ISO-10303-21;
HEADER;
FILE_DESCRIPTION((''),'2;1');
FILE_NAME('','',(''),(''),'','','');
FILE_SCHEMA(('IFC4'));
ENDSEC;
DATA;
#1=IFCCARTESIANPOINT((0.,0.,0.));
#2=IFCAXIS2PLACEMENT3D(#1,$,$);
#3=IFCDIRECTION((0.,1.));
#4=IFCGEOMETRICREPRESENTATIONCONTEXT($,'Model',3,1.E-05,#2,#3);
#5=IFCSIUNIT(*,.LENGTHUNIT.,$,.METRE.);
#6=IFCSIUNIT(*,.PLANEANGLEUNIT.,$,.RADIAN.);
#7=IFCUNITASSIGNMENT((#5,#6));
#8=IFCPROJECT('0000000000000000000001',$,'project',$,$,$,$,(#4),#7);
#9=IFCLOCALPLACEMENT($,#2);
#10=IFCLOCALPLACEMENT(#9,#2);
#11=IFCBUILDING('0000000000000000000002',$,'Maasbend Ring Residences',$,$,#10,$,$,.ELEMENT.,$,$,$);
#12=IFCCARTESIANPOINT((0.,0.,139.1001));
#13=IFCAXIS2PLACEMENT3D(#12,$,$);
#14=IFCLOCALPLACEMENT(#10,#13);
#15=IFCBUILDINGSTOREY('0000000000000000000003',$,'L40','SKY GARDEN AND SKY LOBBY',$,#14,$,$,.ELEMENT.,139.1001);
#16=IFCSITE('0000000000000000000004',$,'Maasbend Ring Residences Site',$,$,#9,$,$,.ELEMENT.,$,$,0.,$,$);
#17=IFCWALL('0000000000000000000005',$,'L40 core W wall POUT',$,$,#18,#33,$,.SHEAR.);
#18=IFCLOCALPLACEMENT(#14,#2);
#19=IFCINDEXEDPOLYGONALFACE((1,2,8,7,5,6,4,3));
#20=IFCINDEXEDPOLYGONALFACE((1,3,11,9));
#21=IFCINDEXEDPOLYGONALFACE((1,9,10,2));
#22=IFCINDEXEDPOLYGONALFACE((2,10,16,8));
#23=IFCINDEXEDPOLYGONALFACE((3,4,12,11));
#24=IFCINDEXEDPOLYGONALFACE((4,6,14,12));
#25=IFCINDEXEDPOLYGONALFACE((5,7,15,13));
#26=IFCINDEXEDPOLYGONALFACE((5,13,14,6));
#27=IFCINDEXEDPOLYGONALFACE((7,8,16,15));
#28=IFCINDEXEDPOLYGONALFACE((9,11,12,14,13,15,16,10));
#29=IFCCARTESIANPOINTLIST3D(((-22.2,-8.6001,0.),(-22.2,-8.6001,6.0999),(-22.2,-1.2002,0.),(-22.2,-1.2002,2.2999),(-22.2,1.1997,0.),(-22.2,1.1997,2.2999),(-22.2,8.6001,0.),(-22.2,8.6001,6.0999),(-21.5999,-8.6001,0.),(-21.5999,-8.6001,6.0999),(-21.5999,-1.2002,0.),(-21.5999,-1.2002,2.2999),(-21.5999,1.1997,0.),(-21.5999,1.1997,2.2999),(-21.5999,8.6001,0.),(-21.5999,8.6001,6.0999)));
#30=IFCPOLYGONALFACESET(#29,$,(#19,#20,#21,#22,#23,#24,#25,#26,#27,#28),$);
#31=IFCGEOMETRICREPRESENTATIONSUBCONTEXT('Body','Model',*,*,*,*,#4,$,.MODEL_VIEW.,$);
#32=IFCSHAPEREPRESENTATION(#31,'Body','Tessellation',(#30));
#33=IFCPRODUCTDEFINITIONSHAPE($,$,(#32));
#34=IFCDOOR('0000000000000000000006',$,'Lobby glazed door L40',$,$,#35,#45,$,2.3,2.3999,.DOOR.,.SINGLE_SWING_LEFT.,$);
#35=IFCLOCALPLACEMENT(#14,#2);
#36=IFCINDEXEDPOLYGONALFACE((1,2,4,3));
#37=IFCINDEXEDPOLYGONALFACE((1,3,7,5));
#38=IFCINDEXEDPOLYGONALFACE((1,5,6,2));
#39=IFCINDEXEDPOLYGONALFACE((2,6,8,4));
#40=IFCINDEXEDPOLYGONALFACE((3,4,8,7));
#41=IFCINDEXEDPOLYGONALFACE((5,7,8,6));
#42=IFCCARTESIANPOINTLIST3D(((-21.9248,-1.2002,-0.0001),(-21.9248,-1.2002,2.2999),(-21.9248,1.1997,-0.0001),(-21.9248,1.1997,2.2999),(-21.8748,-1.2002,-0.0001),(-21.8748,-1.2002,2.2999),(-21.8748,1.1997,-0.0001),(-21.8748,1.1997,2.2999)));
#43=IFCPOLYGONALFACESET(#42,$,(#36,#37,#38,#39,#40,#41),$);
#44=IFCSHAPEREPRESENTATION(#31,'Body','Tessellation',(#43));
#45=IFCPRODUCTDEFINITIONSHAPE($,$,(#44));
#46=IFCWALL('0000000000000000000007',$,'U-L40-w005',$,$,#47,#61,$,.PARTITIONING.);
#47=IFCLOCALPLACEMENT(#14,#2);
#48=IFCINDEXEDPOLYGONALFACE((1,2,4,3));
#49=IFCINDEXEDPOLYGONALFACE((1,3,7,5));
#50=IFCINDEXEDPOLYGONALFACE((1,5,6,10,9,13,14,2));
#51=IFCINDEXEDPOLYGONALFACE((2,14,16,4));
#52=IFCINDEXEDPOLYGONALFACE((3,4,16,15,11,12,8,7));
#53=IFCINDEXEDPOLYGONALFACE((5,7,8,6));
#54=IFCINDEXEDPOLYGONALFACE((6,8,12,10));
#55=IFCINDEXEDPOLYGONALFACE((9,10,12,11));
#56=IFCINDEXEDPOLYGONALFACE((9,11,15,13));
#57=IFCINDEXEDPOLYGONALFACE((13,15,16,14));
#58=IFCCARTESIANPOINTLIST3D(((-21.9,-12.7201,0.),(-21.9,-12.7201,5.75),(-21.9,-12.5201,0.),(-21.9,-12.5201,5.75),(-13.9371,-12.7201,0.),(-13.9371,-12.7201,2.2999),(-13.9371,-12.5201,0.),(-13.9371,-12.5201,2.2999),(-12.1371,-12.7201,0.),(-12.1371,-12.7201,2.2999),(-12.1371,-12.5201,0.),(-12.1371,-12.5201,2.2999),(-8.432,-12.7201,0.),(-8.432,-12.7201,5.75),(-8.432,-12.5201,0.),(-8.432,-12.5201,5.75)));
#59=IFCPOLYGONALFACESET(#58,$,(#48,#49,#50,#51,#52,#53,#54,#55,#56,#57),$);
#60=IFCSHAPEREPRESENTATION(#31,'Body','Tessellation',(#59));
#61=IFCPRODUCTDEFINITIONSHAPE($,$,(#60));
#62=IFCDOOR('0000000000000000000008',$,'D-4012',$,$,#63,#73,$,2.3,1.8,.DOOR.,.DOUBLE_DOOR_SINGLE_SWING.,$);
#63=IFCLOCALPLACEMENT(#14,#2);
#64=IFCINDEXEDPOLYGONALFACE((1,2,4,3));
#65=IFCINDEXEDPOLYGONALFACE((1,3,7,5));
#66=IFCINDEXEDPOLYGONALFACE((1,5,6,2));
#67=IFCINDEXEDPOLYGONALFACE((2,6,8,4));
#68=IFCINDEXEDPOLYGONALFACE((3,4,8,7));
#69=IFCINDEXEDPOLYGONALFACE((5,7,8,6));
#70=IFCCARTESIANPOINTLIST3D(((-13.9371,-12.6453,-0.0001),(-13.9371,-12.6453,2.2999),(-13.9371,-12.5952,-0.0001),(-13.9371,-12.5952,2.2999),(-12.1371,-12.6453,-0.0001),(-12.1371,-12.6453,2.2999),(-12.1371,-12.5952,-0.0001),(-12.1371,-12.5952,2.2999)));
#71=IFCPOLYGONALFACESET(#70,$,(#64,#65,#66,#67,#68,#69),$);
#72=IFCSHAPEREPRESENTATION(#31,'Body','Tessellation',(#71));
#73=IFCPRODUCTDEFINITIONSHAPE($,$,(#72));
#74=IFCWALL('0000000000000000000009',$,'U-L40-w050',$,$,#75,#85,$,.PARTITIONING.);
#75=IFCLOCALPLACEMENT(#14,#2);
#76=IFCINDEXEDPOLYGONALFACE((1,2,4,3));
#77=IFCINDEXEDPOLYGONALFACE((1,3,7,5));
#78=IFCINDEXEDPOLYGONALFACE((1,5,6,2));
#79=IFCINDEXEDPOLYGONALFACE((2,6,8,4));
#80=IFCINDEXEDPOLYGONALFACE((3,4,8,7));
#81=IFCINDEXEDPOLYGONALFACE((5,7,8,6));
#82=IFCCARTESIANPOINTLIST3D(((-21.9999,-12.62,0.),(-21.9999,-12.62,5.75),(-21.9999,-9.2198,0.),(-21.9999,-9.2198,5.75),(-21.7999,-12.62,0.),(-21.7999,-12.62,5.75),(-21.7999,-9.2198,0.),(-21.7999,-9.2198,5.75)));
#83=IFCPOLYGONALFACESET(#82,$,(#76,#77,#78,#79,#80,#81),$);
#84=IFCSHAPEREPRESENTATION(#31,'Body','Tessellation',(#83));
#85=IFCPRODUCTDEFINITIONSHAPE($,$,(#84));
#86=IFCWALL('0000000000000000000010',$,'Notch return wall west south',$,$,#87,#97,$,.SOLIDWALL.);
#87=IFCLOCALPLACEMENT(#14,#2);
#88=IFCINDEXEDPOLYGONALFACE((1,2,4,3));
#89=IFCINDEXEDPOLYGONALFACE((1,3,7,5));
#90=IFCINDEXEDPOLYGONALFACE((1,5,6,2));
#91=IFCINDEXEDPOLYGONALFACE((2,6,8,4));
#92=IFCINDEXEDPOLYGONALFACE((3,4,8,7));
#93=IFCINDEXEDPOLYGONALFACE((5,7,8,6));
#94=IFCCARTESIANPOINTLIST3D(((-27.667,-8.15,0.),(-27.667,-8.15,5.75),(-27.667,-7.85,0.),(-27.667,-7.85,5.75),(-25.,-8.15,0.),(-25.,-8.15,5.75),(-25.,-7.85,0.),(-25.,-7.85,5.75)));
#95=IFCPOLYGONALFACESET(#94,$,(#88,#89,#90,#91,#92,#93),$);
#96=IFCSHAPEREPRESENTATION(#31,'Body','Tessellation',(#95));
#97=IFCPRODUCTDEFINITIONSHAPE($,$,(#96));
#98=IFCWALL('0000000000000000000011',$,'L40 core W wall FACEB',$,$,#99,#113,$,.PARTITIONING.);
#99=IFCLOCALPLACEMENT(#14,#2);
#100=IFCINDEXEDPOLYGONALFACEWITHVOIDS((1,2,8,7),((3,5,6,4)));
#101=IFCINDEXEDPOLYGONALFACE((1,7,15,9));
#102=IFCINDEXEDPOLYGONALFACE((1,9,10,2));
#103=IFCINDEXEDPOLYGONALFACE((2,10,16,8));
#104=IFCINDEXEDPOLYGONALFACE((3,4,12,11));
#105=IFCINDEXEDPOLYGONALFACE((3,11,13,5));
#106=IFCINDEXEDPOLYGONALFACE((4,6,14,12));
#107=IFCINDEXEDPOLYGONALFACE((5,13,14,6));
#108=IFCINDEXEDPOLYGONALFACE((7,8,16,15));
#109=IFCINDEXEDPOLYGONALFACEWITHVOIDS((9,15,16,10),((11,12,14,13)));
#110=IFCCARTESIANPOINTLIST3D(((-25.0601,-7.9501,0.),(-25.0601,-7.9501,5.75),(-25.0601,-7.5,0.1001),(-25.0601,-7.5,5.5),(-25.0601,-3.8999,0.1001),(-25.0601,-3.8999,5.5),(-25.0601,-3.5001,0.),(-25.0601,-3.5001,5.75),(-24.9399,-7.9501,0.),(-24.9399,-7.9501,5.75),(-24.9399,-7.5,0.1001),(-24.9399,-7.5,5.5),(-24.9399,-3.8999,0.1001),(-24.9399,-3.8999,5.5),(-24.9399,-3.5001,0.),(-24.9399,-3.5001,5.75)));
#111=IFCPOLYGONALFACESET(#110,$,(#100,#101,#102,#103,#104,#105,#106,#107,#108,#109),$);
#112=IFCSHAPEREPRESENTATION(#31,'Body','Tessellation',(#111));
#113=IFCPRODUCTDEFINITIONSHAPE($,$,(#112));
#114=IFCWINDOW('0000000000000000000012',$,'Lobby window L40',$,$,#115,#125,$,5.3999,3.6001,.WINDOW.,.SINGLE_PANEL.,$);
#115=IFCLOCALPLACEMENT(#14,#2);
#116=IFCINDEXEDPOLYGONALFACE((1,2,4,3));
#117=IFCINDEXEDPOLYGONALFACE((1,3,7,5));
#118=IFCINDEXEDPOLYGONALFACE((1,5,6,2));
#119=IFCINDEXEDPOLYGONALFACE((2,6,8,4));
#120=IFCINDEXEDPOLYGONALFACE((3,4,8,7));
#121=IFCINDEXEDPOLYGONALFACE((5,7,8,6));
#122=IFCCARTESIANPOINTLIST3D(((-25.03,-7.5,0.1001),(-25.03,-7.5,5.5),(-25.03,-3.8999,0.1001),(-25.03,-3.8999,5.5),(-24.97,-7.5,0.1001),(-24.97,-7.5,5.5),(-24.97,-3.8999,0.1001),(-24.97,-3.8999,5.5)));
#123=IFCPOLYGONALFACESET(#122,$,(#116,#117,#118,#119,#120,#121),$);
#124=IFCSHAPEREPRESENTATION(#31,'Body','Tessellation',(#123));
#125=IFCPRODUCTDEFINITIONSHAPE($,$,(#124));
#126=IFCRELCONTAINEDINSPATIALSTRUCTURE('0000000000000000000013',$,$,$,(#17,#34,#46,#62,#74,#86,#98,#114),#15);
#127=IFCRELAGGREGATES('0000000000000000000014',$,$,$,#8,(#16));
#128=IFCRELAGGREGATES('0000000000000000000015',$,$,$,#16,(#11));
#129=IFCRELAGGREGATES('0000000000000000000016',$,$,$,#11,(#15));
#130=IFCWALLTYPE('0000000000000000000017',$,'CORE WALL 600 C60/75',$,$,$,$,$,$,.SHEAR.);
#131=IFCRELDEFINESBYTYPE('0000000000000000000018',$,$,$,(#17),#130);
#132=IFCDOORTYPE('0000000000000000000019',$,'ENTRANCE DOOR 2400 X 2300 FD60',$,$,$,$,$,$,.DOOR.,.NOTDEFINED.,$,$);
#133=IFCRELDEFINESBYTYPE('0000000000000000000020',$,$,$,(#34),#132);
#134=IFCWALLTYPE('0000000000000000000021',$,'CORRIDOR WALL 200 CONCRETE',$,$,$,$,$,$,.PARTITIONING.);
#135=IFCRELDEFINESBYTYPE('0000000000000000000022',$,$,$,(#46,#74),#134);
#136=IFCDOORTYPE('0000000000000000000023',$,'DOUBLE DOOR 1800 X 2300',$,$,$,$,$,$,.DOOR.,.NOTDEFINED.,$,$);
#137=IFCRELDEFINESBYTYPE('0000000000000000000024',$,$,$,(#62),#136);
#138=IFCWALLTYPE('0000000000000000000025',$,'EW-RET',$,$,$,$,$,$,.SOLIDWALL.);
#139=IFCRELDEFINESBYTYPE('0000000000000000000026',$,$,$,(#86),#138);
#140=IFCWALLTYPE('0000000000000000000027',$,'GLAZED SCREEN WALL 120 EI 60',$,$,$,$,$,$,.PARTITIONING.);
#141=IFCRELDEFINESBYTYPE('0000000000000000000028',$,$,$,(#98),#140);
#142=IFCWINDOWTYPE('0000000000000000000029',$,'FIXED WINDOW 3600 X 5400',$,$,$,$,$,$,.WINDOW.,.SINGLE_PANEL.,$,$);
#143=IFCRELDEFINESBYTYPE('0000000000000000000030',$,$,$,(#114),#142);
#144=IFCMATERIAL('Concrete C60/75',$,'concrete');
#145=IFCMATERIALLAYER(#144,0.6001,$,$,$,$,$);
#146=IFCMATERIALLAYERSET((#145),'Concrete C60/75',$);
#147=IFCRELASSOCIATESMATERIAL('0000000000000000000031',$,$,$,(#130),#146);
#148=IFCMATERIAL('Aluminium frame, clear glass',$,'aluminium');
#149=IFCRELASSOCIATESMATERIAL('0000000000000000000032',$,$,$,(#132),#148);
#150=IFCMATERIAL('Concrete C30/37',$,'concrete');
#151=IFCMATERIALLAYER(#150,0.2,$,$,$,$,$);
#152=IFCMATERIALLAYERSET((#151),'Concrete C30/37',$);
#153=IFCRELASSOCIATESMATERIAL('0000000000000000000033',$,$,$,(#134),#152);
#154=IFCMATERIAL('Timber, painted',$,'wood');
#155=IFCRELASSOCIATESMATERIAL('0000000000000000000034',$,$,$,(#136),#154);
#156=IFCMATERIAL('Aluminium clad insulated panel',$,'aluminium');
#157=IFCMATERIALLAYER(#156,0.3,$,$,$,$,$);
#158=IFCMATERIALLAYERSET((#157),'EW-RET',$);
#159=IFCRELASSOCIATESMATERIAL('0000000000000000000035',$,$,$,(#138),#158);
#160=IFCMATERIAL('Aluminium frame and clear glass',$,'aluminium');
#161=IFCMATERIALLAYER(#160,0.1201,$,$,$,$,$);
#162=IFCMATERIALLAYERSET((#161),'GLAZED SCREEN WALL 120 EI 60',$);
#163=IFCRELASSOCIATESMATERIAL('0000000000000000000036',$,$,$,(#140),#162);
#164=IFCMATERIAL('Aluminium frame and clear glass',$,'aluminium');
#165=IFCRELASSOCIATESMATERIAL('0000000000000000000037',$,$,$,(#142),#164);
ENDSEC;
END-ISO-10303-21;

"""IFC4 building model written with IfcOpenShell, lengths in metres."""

from ifc_helpers import new_model, si_unit, direction, frame, frame_2d, origin, place, context, subcontext, project, spatial, rectangle, extrude, material, layer, layer_set, type_object, element, fill, save


model = new_model("IFC4")

# Units and contexts
model_context = context("Model", 3, precision=1e-05, world=origin(), true_north=direction((0.0, 1.0)))
body_context = subcontext(model_context, "Body", "Model", "MODEL_VIEW")
ifc_project = project(units=[si_unit("LENGTHUNIT", "METRE"), si_unit("PLANEANGLEUNIT", "RADIAN")], contexts=[model_context])

# Site, building, storey
site_placement = place(None, origin())
site = spatial("IfcSite", under=ifc_project, at=site_placement, Name="Maasbend Ring Residences Site", CompositionType="ELEMENT", RefElevation=0.0)
building_placement = place(site_placement, origin())
building = spatial("IfcBuilding", under=site, at=building_placement, Name="Maasbend Ring Residences", CompositionType="ELEMENT")
storey_placement = place(building_placement, frame((0.0, 0.0, 139.1001)))
storey = spatial("IfcBuildingStorey", under=building, at=storey_placement, Name="L40", Description="SKY GARDEN AND SKY LOBBY", CompositionType="ELEMENT", Elevation=139.1001)

# Walls, openings, doors
ifc_material_1 = material(Name="Concrete C60/75", Category="concrete")
ifc_layer_1 = layer(ifc_material_1, 0.6001)
ifc_layer_set_1 = layer_set([ifc_layer_1], Name="Concrete C60/75")
wall_type_1 = type_object("IfcWallType", Name="CORE WALL 600 C60/75", PredefinedType="SHEAR", material=ifc_layer_set_1)
wall_1_placement = place(storey_placement, frame((-21.8999, -8.6001, 0.0), z_axis=(0.0, 0.0, 1.0), x_axis=(0.0, 1.0, 0.0)))
wall_1 = element("IfcWall", 1, at=wall_1_placement, inside=storey, type_object=wall_type_1, Name="L40 core W wall POUT", PredefinedType="SHEAR", context=body_context, shape_type="SweptSolid", body=[
    extrude(rectangle(XDim=17.2002, YDim=0.6001, at=frame_2d((8.6001, 0.0))), origin(), (0.0, 0.0, 1.0), 6.0999),
])
opening_1_placement = place(wall_1_placement, frame((7.3999, 0.0, 0.0)))
opening_1 = element("IfcOpeningElement", 2, at=opening_1_placement, cuts=wall_1, PredefinedType="OPENING", context=body_context, shape_type="SweptSolid", body=[
    extrude(rectangle(XDim=2.3999, YDim=2.3, at=frame_2d((1.2, 1.1499))), frame((0.0, 0.3101, 0.0), z_axis=(0.0, -1.0, 0.0), x_axis=(1.0, 0.0, 0.0)), (0.0, 0.0, 1.0), 0.6201),
])
ifc_material_2 = material(Name="Aluminium frame, clear glass", Category="aluminium")
door_type_1 = type_object("IfcDoorType", Name="ENTRANCE DOOR 2400 X 2300 FD60", OperationType="NOTDEFINED", PredefinedType="DOOR", material=ifc_material_2)
door_1_placement = place(opening_1_placement, origin())
door_1 = element("IfcDoor", 3, at=door_1_placement, inside=storey, type_object=door_type_1, Name="Lobby glazed door L40", OperationType="SINGLE_SWING_LEFT", OverallHeight=2.3, OverallWidth=2.3999, PredefinedType="DOOR", context=body_context, shape_type="SweptSolid", body=[
    extrude(rectangle(XDim=2.3999, YDim=2.3, at=frame_2d((1.2, 1.1499))), frame((0.0, 0.0249, 0.0), z_axis=(0.0, -1.0, 0.0), x_axis=(1.0, 0.0, 0.0)), (0.0, 0.0, 1.0), 0.05),
])
fill(opening_1, door_1)
ifc_material_3 = material(Name="Concrete C30/37", Category="concrete")
ifc_layer_2 = layer(ifc_material_3, 0.2)
ifc_layer_set_2 = layer_set([ifc_layer_2], Name="Concrete C30/37")
wall_type_2 = type_object("IfcWallType", Name="CORRIDOR WALL 200 CONCRETE", PredefinedType="PARTITIONING", material=ifc_layer_set_2)
wall_2_placement = place(storey_placement, frame((-21.8999, -12.6201, 0.0), z_axis=(0.0, 0.0, 1.0), x_axis=(1.0, 0.0, 0.0)))
wall_2 = element("IfcWall", 4, at=wall_2_placement, inside=storey, type_object=wall_type_2, Name="U-L40-w005", PredefinedType="PARTITIONING", context=body_context, shape_type="SweptSolid", body=[
    extrude(rectangle(XDim=13.468, YDim=0.2, at=frame_2d((6.7339, 0.0))), origin(), (0.0, 0.0, 1.0), 5.75),
])
opening_2_placement = place(wall_2_placement, frame((7.9629, 0.0, 0.0)))
opening_2 = element("IfcOpeningElement", 5, at=opening_2_placement, cuts=wall_2, PredefinedType="OPENING", context=body_context, shape_type="SweptSolid", body=[
    extrude(rectangle(XDim=1.8, YDim=2.3, at=frame_2d((0.8999, 1.1499))), frame((0.0, 0.1099, 0.0), z_axis=(0.0, -1.0, 0.0), x_axis=(1.0, 0.0, 0.0)), (0.0, 0.0, 1.0), 0.22),
])
ifc_material_4 = material(Name="Timber, painted", Category="wood")
door_type_2 = type_object("IfcDoorType", Name="DOUBLE DOOR 1800 X 2300", OperationType="NOTDEFINED", PredefinedType="DOOR", material=ifc_material_4)
door_2_placement = place(opening_2_placement, origin())
door_2 = element("IfcDoor", 6, at=door_2_placement, inside=storey, type_object=door_type_2, Name="D-4012", OperationType="DOUBLE_DOOR_SINGLE_SWING", OverallHeight=2.3, OverallWidth=1.8, PredefinedType="DOOR", context=body_context, shape_type="SweptSolid", body=[
    extrude(rectangle(XDim=1.8, YDim=2.3, at=frame_2d((0.8999, 1.1499))), frame((0.0, 0.0249, 0.0), z_axis=(0.0, -1.0, 0.0), x_axis=(1.0, 0.0, 0.0)), (0.0, 0.0, 1.0), 0.05),
])
fill(opening_2, door_2)

# Walls
wall_3_placement = place(storey_placement, frame((-21.8999, -12.6201, 0.0), z_axis=(0.0, 0.0, 1.0), x_axis=(0.0, 1.0, 0.0)))
element("IfcWall", 7, at=wall_3_placement, inside=storey, type_object=wall_type_2, Name="U-L40-w050", PredefinedType="PARTITIONING", context=body_context, shape_type="SweptSolid", body=[
    extrude(rectangle(XDim=3.4001, YDim=0.2, at=frame_2d((1.7002, 0.0))), origin(), (0.0, 0.0, 1.0), 5.75),
])
ifc_material_5 = material(Name="Aluminium clad insulated panel", Category="aluminium")
ifc_layer_3 = layer(ifc_material_5, 0.3)
ifc_layer_set_3 = layer_set([ifc_layer_3], Name="EW-RET")
wall_type_3 = type_object("IfcWallType", Name="EW-RET", PredefinedType="SOLIDWALL", material=ifc_layer_set_3)
wall_4_placement = place(storey_placement, frame((-25.0, -8.0, 0.0), z_axis=(0.0, 0.0, 1.0), x_axis=(-1.0, 0.0, 0.0)))
element("IfcWall", 8, at=wall_4_placement, inside=storey, type_object=wall_type_3, Name="Notch return wall west south", PredefinedType="SOLIDWALL", context=body_context, shape_type="SweptSolid", body=[
    extrude(rectangle(XDim=2.667, YDim=0.3, at=frame_2d((1.3335, 0.0))), origin(), (0.0, 0.0, 1.0), 5.75),
])

# Wall, opening, window
ifc_material_6 = material(Name="Aluminium frame and clear glass", Category="aluminium")
ifc_layer_4 = layer(ifc_material_6, 0.1201)
ifc_layer_set_4 = layer_set([ifc_layer_4], Name="GLAZED SCREEN WALL 120 EI 60")
wall_type_4 = type_object("IfcWallType", Name="GLAZED SCREEN WALL 120 EI 60", PredefinedType="PARTITIONING", material=ifc_layer_set_4)
wall_5_placement = place(storey_placement, frame((-25.0, -3.5, 0.0), z_axis=(0.0, 0.0, 1.0), x_axis=(0.0, -1.0, 0.0)))
wall_5 = element("IfcWall", 9, at=wall_5_placement, inside=storey, type_object=wall_type_4, Name="L40 core W wall FACEB", PredefinedType="PARTITIONING", context=body_context, shape_type="SweptSolid", body=[
    extrude(rectangle(XDim=4.45, YDim=0.1201, at=frame_2d((2.2251, 0.0))), origin(), (0.0, 0.0, 1.0), 5.75),
])
opening_3_placement = place(wall_5_placement, frame((0.3999, 0.0, 0.1001)))
opening_3 = element("IfcOpeningElement", 10, at=opening_3_placement, cuts=wall_5, PredefinedType="OPENING", context=body_context, shape_type="SweptSolid", body=[
    extrude(rectangle(XDim=3.6001, YDim=5.3999, at=frame_2d((1.8, 2.7))), frame((0.0, 0.0701, 0.0), z_axis=(0.0, -1.0, 0.0), x_axis=(1.0, 0.0, 0.0)), (0.0, 0.0, 1.0), 0.1401),
])
ifc_material_7 = material(Name="Aluminium frame and clear glass", Category="aluminium")
window_type = type_object("IfcWindowType", Name="FIXED WINDOW 3600 X 5400", PartitioningType="SINGLE_PANEL", PredefinedType="WINDOW", material=ifc_material_7)
window_placement = place(opening_3_placement, origin())
window = element("IfcWindow", 11, at=window_placement, inside=storey, type_object=window_type, Name="Lobby window L40", OverallHeight=5.3999, OverallWidth=3.6001, PartitioningType="SINGLE_PANEL", PredefinedType="WINDOW", context=body_context, shape_type="SweptSolid", body=[
    extrude(rectangle(XDim=3.6001, YDim=5.3999, at=frame_2d((1.8, 2.7))), frame((0.0, 0.03, 0.0), z_axis=(0.0, -1.0, 0.0), x_axis=(1.0, 0.0, 0.0)), (0.0, 0.0, 1.0), 0.0601),
])
fill(opening_3, window)

save(model, "model.ifc")
